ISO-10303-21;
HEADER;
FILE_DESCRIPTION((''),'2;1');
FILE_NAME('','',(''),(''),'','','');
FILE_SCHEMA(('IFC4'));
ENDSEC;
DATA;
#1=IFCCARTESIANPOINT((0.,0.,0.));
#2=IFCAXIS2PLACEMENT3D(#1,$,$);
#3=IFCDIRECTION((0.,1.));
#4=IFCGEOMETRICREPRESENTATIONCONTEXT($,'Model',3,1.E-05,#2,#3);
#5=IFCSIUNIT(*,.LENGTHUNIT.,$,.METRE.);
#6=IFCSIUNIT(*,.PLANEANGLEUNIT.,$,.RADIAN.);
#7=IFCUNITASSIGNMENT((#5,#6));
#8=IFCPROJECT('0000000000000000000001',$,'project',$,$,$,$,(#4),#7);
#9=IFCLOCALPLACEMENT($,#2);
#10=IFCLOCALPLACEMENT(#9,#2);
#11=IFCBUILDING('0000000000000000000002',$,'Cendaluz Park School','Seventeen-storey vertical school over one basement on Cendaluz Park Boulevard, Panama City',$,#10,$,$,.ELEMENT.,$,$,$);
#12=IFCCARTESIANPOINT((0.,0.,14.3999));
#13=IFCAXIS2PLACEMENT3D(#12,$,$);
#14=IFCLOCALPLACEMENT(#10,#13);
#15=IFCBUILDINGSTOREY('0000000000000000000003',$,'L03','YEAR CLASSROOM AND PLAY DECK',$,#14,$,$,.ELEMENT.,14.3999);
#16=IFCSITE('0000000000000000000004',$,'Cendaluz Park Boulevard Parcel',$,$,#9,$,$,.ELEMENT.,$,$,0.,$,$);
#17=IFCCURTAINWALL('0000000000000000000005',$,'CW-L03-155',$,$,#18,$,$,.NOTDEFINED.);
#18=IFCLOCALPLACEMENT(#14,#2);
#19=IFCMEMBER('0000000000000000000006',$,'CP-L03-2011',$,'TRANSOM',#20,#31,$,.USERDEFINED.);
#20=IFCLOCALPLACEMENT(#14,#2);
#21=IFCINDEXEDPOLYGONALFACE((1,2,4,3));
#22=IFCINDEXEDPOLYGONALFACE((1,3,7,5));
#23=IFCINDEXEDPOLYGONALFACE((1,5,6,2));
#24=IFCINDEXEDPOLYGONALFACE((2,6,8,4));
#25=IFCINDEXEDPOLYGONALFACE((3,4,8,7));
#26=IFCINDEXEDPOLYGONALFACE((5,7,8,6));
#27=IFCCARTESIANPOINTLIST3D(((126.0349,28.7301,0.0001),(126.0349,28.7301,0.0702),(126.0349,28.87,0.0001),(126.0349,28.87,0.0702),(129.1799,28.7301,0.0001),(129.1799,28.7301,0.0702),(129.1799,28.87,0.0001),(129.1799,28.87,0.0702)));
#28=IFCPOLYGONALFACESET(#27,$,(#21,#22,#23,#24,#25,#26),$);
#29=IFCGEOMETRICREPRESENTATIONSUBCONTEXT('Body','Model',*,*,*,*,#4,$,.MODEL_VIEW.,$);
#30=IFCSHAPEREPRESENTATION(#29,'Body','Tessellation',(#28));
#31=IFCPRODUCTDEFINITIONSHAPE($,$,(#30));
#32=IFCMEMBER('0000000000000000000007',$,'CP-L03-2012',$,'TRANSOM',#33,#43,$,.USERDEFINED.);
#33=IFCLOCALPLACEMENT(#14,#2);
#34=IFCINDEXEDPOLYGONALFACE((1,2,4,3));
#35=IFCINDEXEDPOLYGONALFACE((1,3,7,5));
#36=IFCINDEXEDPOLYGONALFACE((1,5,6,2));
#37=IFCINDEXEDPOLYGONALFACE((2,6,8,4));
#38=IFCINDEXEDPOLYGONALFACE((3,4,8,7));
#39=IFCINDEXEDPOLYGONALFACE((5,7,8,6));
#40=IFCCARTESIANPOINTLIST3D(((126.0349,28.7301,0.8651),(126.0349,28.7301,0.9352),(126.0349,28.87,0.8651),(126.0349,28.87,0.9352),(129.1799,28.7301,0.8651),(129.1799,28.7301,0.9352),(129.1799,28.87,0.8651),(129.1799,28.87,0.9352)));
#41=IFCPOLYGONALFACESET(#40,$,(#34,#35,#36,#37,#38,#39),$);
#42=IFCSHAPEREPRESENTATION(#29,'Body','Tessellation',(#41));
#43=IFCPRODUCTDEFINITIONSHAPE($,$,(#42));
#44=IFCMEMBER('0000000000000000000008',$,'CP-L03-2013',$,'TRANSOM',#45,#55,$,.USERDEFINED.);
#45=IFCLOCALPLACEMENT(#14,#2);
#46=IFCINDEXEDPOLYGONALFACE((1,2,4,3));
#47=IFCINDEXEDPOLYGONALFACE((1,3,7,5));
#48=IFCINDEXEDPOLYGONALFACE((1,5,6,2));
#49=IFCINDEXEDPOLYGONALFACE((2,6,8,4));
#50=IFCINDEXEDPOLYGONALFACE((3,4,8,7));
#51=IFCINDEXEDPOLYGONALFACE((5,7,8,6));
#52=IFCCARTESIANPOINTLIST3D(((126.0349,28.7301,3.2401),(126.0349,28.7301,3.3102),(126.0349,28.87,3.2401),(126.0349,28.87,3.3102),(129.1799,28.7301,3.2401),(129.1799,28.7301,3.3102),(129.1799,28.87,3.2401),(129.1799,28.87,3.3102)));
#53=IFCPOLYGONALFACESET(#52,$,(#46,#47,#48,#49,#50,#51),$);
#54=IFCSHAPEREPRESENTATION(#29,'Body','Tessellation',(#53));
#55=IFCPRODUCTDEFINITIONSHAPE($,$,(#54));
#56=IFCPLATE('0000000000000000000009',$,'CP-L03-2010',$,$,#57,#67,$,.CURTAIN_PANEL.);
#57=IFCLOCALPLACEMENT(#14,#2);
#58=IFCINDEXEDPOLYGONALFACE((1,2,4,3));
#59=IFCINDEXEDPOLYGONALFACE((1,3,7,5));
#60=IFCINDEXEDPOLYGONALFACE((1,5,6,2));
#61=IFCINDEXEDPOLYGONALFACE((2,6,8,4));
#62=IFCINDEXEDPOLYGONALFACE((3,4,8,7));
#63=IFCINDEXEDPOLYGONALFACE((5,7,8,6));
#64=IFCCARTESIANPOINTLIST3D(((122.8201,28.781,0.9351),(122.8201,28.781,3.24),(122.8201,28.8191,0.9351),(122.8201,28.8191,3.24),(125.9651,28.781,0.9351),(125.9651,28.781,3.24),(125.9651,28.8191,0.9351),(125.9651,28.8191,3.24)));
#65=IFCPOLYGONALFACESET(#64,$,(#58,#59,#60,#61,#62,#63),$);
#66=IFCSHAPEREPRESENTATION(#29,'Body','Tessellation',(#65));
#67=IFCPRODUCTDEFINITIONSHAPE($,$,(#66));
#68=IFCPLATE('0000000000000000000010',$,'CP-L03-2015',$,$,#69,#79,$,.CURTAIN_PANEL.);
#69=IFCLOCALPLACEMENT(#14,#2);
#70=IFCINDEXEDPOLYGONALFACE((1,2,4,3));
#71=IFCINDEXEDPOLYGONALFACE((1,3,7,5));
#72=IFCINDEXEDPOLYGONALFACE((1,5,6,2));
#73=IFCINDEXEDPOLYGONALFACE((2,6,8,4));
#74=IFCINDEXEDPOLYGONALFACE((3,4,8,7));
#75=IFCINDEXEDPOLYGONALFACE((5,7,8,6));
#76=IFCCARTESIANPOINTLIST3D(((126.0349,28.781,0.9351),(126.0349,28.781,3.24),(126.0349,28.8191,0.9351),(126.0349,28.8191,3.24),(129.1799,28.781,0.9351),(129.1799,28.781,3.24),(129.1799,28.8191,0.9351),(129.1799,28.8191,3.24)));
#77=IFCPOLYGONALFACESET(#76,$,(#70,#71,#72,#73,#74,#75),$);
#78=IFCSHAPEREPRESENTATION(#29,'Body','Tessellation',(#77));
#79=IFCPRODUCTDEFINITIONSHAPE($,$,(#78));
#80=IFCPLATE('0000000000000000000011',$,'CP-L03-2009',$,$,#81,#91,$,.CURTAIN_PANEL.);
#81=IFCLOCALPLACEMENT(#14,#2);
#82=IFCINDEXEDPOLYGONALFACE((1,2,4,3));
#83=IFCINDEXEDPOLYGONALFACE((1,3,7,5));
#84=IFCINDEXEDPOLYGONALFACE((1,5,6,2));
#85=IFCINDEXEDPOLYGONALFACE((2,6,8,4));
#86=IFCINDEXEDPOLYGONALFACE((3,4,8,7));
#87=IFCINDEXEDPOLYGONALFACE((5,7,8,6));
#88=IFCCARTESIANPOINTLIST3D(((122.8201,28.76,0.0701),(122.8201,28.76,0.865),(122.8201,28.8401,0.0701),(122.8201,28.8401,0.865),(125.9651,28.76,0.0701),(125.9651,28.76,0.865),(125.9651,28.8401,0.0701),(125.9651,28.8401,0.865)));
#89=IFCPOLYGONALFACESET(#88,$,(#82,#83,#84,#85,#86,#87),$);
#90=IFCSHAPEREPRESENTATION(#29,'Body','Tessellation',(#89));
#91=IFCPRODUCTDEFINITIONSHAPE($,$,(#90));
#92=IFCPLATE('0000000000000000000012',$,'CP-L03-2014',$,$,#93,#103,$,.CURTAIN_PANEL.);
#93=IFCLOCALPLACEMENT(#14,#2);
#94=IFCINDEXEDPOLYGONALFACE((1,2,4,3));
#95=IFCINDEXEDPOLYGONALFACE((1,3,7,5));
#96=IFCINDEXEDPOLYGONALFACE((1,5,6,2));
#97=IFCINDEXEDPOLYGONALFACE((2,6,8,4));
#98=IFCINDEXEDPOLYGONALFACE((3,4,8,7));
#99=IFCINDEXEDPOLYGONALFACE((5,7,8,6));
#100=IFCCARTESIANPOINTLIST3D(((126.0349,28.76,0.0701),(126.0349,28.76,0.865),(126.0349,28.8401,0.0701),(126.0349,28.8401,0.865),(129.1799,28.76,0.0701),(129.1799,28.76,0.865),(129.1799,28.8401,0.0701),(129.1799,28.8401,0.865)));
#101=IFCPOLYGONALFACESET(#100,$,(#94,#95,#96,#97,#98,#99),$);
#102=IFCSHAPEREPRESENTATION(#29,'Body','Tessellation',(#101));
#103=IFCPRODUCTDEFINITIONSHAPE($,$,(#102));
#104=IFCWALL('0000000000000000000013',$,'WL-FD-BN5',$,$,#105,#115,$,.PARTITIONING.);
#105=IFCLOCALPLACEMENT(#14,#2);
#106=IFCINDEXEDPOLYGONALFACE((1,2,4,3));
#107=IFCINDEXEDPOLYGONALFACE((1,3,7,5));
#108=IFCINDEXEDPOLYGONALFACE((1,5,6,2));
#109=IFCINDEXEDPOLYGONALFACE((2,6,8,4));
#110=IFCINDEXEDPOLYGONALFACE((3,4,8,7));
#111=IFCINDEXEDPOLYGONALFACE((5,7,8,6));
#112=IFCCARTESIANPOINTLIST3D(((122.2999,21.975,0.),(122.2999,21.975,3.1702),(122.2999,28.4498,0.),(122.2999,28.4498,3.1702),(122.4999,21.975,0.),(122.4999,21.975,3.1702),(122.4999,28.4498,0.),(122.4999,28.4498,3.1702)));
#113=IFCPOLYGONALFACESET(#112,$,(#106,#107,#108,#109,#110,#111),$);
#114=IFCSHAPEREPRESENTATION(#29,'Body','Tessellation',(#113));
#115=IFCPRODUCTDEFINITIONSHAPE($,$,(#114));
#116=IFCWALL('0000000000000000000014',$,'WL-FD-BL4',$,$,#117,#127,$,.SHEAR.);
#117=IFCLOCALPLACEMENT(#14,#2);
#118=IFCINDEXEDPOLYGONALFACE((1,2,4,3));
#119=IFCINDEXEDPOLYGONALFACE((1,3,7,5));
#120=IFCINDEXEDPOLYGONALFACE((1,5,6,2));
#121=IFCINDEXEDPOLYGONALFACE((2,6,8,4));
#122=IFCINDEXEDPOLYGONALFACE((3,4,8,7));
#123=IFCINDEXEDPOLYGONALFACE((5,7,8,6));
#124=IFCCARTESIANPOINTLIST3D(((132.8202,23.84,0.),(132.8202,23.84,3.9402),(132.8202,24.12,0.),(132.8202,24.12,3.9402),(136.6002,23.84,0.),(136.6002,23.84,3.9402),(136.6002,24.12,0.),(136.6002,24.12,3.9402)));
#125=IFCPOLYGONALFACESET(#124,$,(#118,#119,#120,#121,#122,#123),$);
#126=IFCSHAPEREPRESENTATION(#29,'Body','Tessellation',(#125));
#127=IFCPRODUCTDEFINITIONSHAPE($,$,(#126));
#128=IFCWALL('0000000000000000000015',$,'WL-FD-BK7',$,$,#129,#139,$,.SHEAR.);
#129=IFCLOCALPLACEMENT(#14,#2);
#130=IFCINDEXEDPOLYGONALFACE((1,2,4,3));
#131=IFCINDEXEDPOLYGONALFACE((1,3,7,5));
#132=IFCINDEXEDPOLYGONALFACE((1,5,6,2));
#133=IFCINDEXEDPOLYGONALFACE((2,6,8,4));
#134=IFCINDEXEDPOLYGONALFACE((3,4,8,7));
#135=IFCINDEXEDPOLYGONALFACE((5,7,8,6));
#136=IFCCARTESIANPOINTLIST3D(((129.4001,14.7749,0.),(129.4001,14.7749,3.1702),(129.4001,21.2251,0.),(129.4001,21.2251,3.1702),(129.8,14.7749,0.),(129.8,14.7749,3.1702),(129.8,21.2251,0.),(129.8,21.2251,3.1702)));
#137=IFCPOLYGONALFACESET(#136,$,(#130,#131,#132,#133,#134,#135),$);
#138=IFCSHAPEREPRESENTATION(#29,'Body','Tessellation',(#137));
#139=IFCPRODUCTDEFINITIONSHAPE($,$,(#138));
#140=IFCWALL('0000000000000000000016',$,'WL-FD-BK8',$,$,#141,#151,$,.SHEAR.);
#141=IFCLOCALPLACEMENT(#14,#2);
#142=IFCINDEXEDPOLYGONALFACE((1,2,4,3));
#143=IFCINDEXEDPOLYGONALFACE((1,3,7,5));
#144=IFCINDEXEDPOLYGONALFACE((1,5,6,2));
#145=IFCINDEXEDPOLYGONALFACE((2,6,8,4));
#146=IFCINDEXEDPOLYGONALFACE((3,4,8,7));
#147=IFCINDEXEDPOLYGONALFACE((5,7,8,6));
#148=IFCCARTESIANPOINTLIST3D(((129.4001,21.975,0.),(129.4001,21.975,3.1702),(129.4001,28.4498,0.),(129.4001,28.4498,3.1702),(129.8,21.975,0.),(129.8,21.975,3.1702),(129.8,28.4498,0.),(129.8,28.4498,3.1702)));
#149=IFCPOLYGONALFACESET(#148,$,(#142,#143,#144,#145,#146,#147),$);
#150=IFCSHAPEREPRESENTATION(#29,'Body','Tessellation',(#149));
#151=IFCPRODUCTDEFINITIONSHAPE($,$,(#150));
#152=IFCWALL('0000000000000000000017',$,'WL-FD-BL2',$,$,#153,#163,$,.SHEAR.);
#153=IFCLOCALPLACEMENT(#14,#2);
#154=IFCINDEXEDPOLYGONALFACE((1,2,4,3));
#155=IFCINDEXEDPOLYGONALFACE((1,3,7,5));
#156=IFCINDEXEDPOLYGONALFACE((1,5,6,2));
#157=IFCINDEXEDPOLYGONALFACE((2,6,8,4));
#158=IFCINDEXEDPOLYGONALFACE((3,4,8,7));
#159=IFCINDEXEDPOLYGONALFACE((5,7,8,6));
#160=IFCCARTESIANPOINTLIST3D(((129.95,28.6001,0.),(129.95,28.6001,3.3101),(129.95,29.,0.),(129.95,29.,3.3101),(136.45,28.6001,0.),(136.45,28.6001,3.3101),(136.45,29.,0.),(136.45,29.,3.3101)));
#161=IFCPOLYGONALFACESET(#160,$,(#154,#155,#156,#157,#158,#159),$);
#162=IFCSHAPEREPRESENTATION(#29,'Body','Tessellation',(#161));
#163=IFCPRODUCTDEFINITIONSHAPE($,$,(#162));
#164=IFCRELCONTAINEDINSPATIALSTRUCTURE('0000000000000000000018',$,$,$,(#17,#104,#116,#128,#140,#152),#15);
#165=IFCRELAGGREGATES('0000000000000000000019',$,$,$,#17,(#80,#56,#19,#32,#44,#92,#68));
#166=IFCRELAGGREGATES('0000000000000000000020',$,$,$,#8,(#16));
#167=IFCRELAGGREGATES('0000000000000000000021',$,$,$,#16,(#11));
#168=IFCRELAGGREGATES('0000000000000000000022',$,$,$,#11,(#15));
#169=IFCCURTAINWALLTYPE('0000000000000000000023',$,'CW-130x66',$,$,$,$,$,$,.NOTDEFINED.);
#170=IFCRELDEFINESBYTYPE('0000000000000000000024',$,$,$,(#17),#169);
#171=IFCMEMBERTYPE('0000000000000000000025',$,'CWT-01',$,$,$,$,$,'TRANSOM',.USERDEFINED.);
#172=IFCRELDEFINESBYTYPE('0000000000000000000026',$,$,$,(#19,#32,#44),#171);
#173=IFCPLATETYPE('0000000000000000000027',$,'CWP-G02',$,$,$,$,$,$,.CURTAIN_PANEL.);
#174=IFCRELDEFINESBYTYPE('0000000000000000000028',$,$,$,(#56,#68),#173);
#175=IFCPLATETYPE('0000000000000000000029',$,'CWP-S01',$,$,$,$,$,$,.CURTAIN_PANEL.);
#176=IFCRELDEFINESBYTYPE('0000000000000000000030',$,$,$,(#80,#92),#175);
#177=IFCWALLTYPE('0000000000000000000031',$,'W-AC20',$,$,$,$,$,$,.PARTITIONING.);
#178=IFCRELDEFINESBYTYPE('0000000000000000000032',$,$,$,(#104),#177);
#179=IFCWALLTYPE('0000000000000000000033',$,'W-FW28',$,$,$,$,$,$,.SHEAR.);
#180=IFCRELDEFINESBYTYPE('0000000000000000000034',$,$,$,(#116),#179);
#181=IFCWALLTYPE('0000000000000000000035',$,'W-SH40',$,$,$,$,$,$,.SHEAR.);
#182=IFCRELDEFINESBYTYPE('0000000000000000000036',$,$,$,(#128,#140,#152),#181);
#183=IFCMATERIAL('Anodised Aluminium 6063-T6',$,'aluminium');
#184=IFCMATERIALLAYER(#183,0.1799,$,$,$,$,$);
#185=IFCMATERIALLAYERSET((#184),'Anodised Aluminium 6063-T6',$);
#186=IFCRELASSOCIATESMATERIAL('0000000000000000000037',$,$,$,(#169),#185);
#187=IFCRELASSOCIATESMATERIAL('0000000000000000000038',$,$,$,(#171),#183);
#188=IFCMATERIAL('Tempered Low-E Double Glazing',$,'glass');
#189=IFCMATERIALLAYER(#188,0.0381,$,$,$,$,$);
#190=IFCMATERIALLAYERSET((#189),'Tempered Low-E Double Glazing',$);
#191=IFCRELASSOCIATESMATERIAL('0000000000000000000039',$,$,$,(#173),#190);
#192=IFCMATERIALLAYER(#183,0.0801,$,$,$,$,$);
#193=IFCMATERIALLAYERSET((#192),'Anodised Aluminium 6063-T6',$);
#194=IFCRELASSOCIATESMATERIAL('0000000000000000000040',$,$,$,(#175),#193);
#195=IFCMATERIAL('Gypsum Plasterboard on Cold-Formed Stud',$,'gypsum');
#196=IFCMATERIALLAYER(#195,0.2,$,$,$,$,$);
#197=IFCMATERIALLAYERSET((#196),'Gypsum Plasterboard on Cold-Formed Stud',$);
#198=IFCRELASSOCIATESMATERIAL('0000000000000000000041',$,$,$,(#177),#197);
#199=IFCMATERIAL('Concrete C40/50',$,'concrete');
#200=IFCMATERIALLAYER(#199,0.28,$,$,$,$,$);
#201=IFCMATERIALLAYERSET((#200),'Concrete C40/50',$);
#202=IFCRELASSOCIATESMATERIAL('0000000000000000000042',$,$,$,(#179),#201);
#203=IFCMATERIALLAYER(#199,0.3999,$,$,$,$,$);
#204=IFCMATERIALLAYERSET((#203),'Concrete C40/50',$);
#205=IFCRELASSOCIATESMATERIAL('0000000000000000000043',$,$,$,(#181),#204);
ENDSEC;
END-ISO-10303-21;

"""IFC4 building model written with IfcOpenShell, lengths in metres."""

from ifc_helpers import new_model, si_unit, direction, frame, frame_2d, origin, origin_2d, place, context, subcontext, project, spatial, rectangle, extrude, material, layer, layer_set, material_profile, profile_set, type_object, element, aggregate, save


model = new_model("IFC4")

# Units and contexts
model_context = context("Model", 3, precision=1e-05, world=origin(), true_north=direction((0.0, 1.0)))
body_context = subcontext(model_context, "Body", "Model", "MODEL_VIEW")
ifc_project = project(units=[si_unit("LENGTHUNIT", "METRE"), si_unit("PLANEANGLEUNIT", "RADIAN")], contexts=[model_context])

# Site, building, storey
site_placement = place(None, origin())
site = spatial("IfcSite", under=ifc_project, at=site_placement, Name="Cendaluz Park Boulevard Parcel", CompositionType="ELEMENT", RefElevation=0.0)
building_placement = place(site_placement, origin())
building = spatial("IfcBuilding", under=site, at=building_placement, Name="Cendaluz Park School", Description="Seventeen-storey vertical school over one basement on Cendaluz Park Boulevard, Panama City", CompositionType="ELEMENT")
storey_placement = place(building_placement, frame((0.0, 0.0, 14.3999)))
storey = spatial("IfcBuildingStorey", under=building, at=storey_placement, Name="L03", Description="YEAR CLASSROOM AND PLAY DECK", CompositionType="ELEMENT", Elevation=14.3999)

# Shared definitions
ifc_material_1 = material(Name="Concrete C40/50", Category="concrete")

# Curtain wall, members, plates
ifc_material_2 = material(Name="Anodised Aluminium 6063-T6", Category="aluminium")
ifc_layer_1 = layer(ifc_material_2, 0.1799)
ifc_layer_set_1 = layer_set([ifc_layer_1], Name="Anodised Aluminium 6063-T6")
curtain_wall_type = type_object("IfcCurtainWallType", Name="CW-130x66", PredefinedType="NOTDEFINED", material=ifc_layer_set_1)
curtain_wall_placement = place(storey_placement, origin())
curtain_wall = element("IfcCurtainWall", 1, at=curtain_wall_placement, inside=storey, type_object=curtain_wall_type, Name="CW-L03-155", PredefinedType="NOTDEFINED")
ifc_material_profile_1 = material_profile(ifc_material_2, rectangle(XDim=0.1399, YDim=0.0701, at=origin_2d()), Name="CWT 140x70", Category="aluminium")
ifc_profile_set_1 = profile_set([ifc_material_profile_1], Name="Anodised Aluminium 6063-T6")
member_type_1 = type_object("IfcMemberType", Name="CWT-01", ElementType="TRANSOM", PredefinedType="USERDEFINED", material=ifc_profile_set_1)
member_1_placement = place(storey_placement, frame((126.0349, 28.8, 0.0352), z_axis=(1.0, 0.0, 0.0), x_axis=(0.0, 1.0, 0.0)))
member_1 = element("IfcMember", 2, at=member_1_placement, type_object=member_type_1, Name="CP-L03-2011", ObjectType="TRANSOM", PredefinedType="USERDEFINED", context=body_context, shape_type="SweptSolid", body=[
    extrude(rectangle(XDim=0.1399, YDim=0.0701, at=origin_2d()), origin(), (0.0, 0.0, 1.0), 3.145),
])
member_2_placement = place(storey_placement, frame((126.0349, 28.8, 0.9001), z_axis=(1.0, 0.0, 0.0), x_axis=(0.0, 1.0, 0.0)))
member_2 = element("IfcMember", 3, at=member_2_placement, type_object=member_type_1, Name="CP-L03-2012", ObjectType="TRANSOM", PredefinedType="USERDEFINED", context=body_context, shape_type="SweptSolid", body=[
    extrude(rectangle(XDim=0.1399, YDim=0.0701, at=origin_2d()), origin(), (0.0, 0.0, 1.0), 3.145),
])
member_3_placement = place(storey_placement, frame((126.0349, 28.8, 3.2751), z_axis=(1.0, 0.0, 0.0), x_axis=(0.0, 1.0, 0.0)))
member_3 = element("IfcMember", 4, at=member_3_placement, type_object=member_type_1, Name="CP-L03-2013", ObjectType="TRANSOM", PredefinedType="USERDEFINED", context=body_context, shape_type="SweptSolid", body=[
    extrude(rectangle(XDim=0.1399, YDim=0.0701, at=origin_2d()), origin(), (0.0, 0.0, 1.0), 3.145),
])
ifc_material_3 = material(Name="Tempered Low-E Double Glazing", Category="glass")
ifc_layer_2 = layer(ifc_material_3, 0.0381)
ifc_layer_set_2 = layer_set([ifc_layer_2], Name="Tempered Low-E Double Glazing")
plate_type_1 = type_object("IfcPlateType", Name="CWP-G02", PredefinedType="CURTAIN_PANEL", material=ifc_layer_set_2)
plate_1_placement = place(storey_placement, frame((124.3926, 28.8, 0.9351), z_axis=(0.0, 0.0, 1.0), x_axis=(1.0, 0.0, 0.0)))
plate_1 = element("IfcPlate", 5, at=plate_1_placement, type_object=plate_type_1, Name="CP-L03-2010", PredefinedType="CURTAIN_PANEL", context=body_context, shape_type="SweptSolid", body=[
    extrude(rectangle(XDim=3.145, YDim=0.0381, at=origin_2d()), origin(), (0.0, 0.0, 1.0), 2.3049),
])
plate_2_placement = place(storey_placement, frame((127.6074, 28.8, 0.9351), z_axis=(0.0, 0.0, 1.0), x_axis=(1.0, 0.0, 0.0)))
plate_2 = element("IfcPlate", 6, at=plate_2_placement, type_object=plate_type_1, Name="CP-L03-2015", PredefinedType="CURTAIN_PANEL", context=body_context, shape_type="SweptSolid", body=[
    extrude(rectangle(XDim=3.145, YDim=0.0381, at=origin_2d()), origin(), (0.0, 0.0, 1.0), 2.3049),
])
ifc_layer_3 = layer(ifc_material_2, 0.0801)
ifc_layer_set_3 = layer_set([ifc_layer_3], Name="Anodised Aluminium 6063-T6")
plate_type_2 = type_object("IfcPlateType", Name="CWP-S01", PredefinedType="CURTAIN_PANEL", material=ifc_layer_set_3)
plate_3_placement = place(storey_placement, frame((124.3926, 28.8, 0.0701), z_axis=(0.0, 0.0, 1.0), x_axis=(1.0, 0.0, 0.0)))
plate_3 = element("IfcPlate", 7, at=plate_3_placement, type_object=plate_type_2, Name="CP-L03-2009", PredefinedType="CURTAIN_PANEL", context=body_context, shape_type="SweptSolid", body=[
    extrude(rectangle(XDim=3.145, YDim=0.0801, at=origin_2d()), origin(), (0.0, 0.0, 1.0), 0.7949),
])
plate_4_placement = place(storey_placement, frame((127.6074, 28.8, 0.0701), z_axis=(0.0, 0.0, 1.0), x_axis=(1.0, 0.0, 0.0)))
plate_4 = element("IfcPlate", 8, at=plate_4_placement, type_object=plate_type_2, Name="CP-L03-2014", PredefinedType="CURTAIN_PANEL", context=body_context, shape_type="SweptSolid", body=[
    extrude(rectangle(XDim=3.145, YDim=0.0801, at=origin_2d()), origin(), (0.0, 0.0, 1.0), 0.7949),
])
aggregate(curtain_wall, [plate_3, plate_1, member_1, member_2, member_3, plate_4, plate_2])

# Wall
ifc_material_4 = material(Name="Gypsum Plasterboard on Cold-Formed Stud", Category="gypsum")
ifc_layer_4 = layer(ifc_material_4, 0.2)
ifc_layer_set_4 = layer_set([ifc_layer_4], Name="Gypsum Plasterboard on Cold-Formed Stud")
wall_type_1 = type_object("IfcWallType", Name="W-AC20", PredefinedType="PARTITIONING", material=ifc_layer_set_4)
wall_1_placement = place(storey_placement, frame((122.3999, 21.9751, 0.0), z_axis=(0.0, 0.0, 1.0), x_axis=(0.0, 1.0, 0.0)))
element("IfcWall", 9, at=wall_1_placement, inside=storey, type_object=wall_type_1, Name="WL-FD-BN5", PredefinedType="PARTITIONING", context=body_context, shape_type="SweptSolid", body=[
    extrude(rectangle(XDim=6.4749, YDim=0.2, at=frame_2d((3.2373, 0.0))), origin(), (0.0, 0.0, 1.0), 3.1702),
])

# Shared definitions
ifc_layer_5 = layer(ifc_material_1, 0.28)
ifc_layer_set_5 = layer_set([ifc_layer_5], Name="Concrete C40/50")
wall_type_2 = type_object("IfcWallType", Name="W-FW28", PredefinedType="SHEAR", material=ifc_layer_set_5)

# Wall
wall_2_placement = place(storey_placement, frame((132.8201, 23.98, 0.0), z_axis=(0.0, 0.0, 1.0), x_axis=(1.0, 0.0, 0.0)))
element("IfcWall", 10, at=wall_2_placement, inside=storey, type_object=wall_type_2, Name="WL-FD-BL4", PredefinedType="SHEAR", context=body_context, shape_type="SweptSolid", body=[
    extrude(rectangle(XDim=3.78, YDim=0.28, at=frame_2d((1.8901, 0.0))), origin(), (0.0, 0.0, 1.0), 3.9402),
])

# Walls
ifc_layer_6 = layer(ifc_material_1, 0.3999)
ifc_layer_set_6 = layer_set([ifc_layer_6], Name="Concrete C40/50")
wall_type_3 = type_object("IfcWallType", Name="W-SH40", PredefinedType="SHEAR", material=ifc_layer_set_6)
wall_3_placement = place(storey_placement, frame((129.6001, 14.7749, 0.0), z_axis=(0.0, 0.0, 1.0), x_axis=(0.0, 1.0, 0.0)))
element("IfcWall", 11, at=wall_3_placement, inside=storey, type_object=wall_type_3, Name="WL-FD-BK7", PredefinedType="SHEAR", context=body_context, shape_type="SweptSolid", body=[
    extrude(rectangle(XDim=6.4502, YDim=0.3999, at=frame_2d((3.2251, 0.0))), origin(), (0.0, 0.0, 1.0), 3.1702),
])
wall_4_placement = place(storey_placement, frame((129.6001, 21.9751, 0.0), z_axis=(0.0, 0.0, 1.0), x_axis=(0.0, 1.0, 0.0)))
element("IfcWall", 12, at=wall_4_placement, inside=storey, type_object=wall_type_3, Name="WL-FD-BK8", PredefinedType="SHEAR", context=body_context, shape_type="SweptSolid", body=[
    extrude(rectangle(XDim=6.4749, YDim=0.3999, at=frame_2d((3.2373, 0.0))), origin(), (0.0, 0.0, 1.0), 3.1702),
])
wall_5_placement = place(storey_placement, frame((129.95, 28.8, 0.0), z_axis=(0.0, 0.0, 1.0), x_axis=(1.0, 0.0, 0.0)))
element("IfcWall", 13, at=wall_5_placement, inside=storey, type_object=wall_type_3, Name="WL-FD-BL2", PredefinedType="SHEAR", context=body_context, shape_type="SweptSolid", body=[
    extrude(rectangle(XDim=6.5, YDim=0.3999, at=frame_2d((3.25, 0.0))), origin(), (0.0, 0.0, 1.0), 3.3101),
])

save(model, "model.ifc")
